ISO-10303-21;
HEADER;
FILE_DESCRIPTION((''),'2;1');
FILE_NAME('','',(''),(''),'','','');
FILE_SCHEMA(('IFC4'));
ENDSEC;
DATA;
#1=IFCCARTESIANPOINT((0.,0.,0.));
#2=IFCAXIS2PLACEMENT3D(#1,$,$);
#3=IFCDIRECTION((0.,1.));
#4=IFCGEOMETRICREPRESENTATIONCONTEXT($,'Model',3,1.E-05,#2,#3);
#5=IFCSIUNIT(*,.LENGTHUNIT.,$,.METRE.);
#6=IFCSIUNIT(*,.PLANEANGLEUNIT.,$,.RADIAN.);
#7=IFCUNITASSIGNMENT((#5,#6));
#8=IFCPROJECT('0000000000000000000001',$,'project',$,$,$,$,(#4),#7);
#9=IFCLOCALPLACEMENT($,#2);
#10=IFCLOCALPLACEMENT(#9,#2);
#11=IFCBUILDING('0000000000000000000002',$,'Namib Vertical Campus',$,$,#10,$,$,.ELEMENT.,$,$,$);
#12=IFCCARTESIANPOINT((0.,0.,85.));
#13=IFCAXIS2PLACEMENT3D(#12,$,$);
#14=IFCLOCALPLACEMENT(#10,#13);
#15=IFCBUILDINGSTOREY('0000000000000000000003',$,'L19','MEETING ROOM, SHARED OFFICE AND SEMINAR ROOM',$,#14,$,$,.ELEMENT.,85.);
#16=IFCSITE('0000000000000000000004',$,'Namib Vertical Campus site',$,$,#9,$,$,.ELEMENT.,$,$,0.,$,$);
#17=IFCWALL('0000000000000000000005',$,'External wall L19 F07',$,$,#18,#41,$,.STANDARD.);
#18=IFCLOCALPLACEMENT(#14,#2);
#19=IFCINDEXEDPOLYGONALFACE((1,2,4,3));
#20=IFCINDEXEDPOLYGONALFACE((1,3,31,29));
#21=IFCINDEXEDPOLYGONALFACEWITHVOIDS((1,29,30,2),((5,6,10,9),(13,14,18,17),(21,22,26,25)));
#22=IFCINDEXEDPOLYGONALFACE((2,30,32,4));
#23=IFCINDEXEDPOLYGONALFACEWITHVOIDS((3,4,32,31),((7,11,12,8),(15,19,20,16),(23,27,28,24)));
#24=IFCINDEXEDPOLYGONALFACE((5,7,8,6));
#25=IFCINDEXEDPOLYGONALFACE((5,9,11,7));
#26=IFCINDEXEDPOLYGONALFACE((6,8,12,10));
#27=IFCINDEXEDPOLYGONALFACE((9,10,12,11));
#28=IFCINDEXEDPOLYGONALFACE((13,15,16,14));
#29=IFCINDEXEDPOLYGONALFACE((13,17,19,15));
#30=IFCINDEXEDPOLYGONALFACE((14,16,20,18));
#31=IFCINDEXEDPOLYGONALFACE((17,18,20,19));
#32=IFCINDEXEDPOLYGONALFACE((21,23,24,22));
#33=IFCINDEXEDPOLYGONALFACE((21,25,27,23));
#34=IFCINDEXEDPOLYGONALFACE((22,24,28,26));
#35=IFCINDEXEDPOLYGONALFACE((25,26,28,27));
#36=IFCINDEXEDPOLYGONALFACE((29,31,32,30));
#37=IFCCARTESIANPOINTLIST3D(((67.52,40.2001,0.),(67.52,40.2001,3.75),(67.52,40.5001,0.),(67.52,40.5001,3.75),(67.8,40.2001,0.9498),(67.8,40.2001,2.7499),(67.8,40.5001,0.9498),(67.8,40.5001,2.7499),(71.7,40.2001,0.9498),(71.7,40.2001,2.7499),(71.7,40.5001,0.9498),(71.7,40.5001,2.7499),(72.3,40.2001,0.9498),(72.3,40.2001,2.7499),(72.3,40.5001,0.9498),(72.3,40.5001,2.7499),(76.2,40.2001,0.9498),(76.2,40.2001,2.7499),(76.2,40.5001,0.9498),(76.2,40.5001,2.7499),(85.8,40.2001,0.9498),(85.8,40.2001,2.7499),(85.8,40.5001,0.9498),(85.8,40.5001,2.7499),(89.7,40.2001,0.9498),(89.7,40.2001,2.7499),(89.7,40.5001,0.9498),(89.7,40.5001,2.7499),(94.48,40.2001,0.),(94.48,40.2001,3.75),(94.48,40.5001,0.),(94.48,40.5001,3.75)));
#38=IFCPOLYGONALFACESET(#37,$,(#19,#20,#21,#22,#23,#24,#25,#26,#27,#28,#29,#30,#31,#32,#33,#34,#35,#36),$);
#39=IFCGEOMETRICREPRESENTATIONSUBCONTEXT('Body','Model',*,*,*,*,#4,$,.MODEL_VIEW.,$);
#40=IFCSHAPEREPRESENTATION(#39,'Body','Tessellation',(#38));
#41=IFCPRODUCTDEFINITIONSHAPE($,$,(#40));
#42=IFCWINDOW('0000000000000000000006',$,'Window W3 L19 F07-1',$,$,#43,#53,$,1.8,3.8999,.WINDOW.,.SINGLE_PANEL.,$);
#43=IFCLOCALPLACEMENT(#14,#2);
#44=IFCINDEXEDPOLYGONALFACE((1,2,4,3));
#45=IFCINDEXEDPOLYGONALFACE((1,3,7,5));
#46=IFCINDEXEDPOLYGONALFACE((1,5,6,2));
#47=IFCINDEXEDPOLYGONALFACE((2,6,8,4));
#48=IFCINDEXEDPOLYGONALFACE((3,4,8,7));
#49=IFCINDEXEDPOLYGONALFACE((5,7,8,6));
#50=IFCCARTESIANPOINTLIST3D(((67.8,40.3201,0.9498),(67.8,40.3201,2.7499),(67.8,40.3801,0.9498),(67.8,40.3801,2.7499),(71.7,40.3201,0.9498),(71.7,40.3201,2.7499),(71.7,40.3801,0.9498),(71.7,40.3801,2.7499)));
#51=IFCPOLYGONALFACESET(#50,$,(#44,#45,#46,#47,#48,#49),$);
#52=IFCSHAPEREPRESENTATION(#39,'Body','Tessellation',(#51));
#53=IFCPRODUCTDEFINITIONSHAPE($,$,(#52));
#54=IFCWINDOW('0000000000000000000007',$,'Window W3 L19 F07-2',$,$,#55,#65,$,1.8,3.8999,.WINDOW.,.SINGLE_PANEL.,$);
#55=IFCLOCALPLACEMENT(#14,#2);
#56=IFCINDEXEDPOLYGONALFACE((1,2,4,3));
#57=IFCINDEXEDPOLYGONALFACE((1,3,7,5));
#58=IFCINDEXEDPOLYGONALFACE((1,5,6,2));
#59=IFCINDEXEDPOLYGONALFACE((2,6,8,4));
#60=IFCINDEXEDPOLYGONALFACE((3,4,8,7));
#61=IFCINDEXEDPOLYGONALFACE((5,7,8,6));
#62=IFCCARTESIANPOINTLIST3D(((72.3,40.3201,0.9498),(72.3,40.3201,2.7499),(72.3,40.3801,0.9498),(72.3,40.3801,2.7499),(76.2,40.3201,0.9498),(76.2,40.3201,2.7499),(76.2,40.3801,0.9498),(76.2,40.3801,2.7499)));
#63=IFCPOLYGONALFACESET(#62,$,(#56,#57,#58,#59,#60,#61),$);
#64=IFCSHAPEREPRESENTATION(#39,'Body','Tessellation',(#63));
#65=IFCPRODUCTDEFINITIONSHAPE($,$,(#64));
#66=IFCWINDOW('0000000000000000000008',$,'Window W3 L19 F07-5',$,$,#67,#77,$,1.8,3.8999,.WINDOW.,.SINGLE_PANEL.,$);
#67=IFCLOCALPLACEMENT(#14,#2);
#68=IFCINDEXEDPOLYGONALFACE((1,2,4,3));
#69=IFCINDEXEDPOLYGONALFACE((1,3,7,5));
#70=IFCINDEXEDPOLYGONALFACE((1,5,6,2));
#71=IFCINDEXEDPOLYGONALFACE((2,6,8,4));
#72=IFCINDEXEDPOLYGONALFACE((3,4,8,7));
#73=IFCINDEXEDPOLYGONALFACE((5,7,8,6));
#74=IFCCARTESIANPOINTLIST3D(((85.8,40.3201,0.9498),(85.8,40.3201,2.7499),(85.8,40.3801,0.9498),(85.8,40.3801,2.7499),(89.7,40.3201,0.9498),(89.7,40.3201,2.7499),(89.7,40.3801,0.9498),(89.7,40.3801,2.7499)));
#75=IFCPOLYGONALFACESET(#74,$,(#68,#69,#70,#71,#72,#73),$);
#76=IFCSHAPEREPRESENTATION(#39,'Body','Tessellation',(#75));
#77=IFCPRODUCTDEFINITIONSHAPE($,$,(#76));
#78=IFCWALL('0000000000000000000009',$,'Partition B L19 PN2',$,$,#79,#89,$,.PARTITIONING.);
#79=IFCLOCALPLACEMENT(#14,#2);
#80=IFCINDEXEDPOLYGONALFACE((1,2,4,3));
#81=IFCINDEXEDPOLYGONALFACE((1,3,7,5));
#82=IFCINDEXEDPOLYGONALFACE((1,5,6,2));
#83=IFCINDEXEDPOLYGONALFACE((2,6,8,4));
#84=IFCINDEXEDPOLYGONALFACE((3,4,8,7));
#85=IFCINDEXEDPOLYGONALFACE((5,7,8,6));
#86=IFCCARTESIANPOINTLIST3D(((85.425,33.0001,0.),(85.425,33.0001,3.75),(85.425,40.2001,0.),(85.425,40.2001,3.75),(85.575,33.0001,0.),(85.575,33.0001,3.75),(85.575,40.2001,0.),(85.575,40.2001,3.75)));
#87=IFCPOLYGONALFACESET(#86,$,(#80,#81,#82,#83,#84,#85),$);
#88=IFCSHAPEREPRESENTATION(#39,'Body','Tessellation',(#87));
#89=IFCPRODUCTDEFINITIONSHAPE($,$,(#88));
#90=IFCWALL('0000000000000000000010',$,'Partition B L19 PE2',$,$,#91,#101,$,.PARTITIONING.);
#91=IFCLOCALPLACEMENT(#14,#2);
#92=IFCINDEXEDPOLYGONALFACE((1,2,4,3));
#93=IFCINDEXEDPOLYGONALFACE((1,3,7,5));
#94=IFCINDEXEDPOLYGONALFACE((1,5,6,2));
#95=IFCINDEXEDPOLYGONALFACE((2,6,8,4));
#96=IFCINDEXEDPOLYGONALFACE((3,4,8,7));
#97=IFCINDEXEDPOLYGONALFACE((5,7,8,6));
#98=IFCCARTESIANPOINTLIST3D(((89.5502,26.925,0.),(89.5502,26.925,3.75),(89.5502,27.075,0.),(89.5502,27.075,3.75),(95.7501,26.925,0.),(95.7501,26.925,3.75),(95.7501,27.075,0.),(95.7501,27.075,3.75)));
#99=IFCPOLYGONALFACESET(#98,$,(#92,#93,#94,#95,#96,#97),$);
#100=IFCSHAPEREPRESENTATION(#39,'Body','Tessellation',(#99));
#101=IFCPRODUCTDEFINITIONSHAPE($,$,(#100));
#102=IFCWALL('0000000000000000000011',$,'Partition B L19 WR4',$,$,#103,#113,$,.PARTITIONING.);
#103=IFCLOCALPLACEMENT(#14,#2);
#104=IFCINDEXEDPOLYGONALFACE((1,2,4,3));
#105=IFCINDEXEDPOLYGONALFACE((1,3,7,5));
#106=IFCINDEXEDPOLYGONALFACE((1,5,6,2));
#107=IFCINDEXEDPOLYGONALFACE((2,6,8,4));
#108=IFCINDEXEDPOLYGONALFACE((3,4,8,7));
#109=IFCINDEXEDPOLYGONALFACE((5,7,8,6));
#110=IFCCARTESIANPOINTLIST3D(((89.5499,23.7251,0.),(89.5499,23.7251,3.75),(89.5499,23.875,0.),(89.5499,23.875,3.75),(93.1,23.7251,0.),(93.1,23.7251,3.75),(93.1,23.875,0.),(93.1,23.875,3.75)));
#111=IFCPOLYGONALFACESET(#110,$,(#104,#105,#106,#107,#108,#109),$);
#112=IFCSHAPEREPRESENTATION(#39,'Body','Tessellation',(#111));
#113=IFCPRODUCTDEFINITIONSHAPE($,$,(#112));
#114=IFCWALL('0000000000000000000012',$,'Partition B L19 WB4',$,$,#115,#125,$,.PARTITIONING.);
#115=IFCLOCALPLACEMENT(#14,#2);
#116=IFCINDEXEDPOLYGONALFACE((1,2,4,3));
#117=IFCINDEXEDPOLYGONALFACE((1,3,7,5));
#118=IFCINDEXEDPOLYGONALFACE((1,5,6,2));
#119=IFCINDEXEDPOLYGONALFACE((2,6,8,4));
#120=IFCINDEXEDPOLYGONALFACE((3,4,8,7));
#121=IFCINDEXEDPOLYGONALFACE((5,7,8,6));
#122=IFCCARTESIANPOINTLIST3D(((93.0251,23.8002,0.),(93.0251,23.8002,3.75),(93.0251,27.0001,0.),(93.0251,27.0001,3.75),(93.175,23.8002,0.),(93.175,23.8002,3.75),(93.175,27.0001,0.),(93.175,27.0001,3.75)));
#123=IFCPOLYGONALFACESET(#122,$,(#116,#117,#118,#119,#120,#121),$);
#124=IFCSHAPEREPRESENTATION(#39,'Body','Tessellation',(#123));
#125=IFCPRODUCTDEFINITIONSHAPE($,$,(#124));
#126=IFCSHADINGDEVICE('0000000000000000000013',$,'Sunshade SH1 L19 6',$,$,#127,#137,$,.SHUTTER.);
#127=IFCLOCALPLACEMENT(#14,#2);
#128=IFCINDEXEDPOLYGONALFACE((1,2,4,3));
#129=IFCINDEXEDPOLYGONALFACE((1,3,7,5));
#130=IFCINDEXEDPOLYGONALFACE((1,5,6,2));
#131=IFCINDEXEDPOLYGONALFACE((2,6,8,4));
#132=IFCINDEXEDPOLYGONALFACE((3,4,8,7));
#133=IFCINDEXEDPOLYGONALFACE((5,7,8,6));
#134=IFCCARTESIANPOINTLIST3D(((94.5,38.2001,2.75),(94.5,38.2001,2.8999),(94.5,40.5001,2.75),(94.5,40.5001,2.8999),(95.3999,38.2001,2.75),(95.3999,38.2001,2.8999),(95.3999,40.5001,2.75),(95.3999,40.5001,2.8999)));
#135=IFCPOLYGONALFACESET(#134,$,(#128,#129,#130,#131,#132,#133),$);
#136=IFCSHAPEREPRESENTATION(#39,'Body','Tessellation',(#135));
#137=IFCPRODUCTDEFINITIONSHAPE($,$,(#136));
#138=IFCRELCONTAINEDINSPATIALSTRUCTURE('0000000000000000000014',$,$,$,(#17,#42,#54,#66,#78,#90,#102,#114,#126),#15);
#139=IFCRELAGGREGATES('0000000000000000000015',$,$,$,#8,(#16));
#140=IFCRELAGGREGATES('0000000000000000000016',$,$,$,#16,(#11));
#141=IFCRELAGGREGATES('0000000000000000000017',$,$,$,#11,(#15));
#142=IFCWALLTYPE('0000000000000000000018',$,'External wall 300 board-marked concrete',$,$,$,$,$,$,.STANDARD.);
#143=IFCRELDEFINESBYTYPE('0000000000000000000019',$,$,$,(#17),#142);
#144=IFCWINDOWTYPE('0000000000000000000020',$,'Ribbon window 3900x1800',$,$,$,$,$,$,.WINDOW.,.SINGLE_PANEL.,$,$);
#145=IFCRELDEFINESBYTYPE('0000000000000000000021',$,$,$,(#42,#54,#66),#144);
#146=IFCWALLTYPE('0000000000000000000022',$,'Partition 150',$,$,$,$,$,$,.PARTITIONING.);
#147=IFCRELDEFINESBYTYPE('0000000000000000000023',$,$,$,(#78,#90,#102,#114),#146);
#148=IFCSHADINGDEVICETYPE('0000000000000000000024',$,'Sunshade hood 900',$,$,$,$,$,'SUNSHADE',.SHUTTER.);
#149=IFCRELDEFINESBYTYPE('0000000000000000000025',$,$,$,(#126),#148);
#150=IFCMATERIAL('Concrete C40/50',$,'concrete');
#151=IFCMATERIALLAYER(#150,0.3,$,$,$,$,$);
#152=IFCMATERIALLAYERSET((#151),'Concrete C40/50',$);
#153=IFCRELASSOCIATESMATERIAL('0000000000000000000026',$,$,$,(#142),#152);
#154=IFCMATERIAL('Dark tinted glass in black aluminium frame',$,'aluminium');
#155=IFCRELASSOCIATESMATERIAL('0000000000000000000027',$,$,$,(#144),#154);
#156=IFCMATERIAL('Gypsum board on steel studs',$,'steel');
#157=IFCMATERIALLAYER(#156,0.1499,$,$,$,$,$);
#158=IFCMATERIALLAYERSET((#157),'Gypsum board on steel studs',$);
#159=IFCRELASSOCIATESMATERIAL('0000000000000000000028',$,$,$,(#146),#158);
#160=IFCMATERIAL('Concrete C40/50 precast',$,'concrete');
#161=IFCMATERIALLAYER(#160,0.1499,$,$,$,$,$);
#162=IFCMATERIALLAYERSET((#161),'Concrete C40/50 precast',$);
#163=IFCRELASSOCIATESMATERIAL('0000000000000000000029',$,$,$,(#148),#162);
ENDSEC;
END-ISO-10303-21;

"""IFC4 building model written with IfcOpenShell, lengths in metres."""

from ifc_helpers import new_model, si_unit, direction, frame, frame_2d, origin, origin_2d, place, context, subcontext, project, spatial, rectangle, extrude, material, layer, layer_set, type_object, element, fill, save


model = new_model("IFC4")

# Units and contexts
model_context = context("Model", 3, precision=1e-05, world=origin(), true_north=direction((0.0, 1.0)))
body_context = subcontext(model_context, "Body", "Model", "MODEL_VIEW")
ifc_project = project(units=[si_unit("LENGTHUNIT", "METRE"), si_unit("PLANEANGLEUNIT", "RADIAN")], contexts=[model_context])

# Site, building, storey
site_placement = place(None, origin())
site = spatial("IfcSite", under=ifc_project, at=site_placement, Name="Namib Vertical Campus site", CompositionType="ELEMENT", RefElevation=0.0)
building_placement = place(site_placement, origin())
building = spatial("IfcBuilding", under=site, at=building_placement, Name="Namib Vertical Campus", CompositionType="ELEMENT")
storey_placement = place(building_placement, frame((0.0, 0.0, 85.0)))
storey = spatial("IfcBuildingStorey", under=building, at=storey_placement, Name="L19", Description="MEETING ROOM, SHARED OFFICE AND SEMINAR ROOM", CompositionType="ELEMENT", Elevation=85.0)

# Shared definitions
ifc_material_1 = material(Name="Concrete C40/50", Category="concrete")
ifc_layer_1 = layer(ifc_material_1, 0.3)
ifc_layer_set_1 = layer_set([ifc_layer_1], Name="Concrete C40/50")
wall_type_1 = type_object("IfcWallType", Name="External wall 300 board-marked concrete", PredefinedType="STANDARD", material=ifc_layer_set_1)

# Wall, openings, windows
wall_1_placement = place(storey_placement, frame((94.48, 40.3501, 0.0), z_axis=(0.0, 0.0, 1.0), x_axis=(-1.0, 0.0, 0.0)))
wall_1 = element("IfcWall", 1, at=wall_1_placement, inside=storey, type_object=wall_type_1, Name="External wall L19 F07", PredefinedType="STANDARD", context=body_context, shape_type="SweptSolid", body=[
    extrude(rectangle(XDim=26.96, YDim=0.3, at=frame_2d((13.48, 0.0))), origin(), (0.0, 0.0, 1.0), 3.75),
])
opening_1_placement = place(wall_1_placement, frame((22.78, 0.0, 0.95)))
opening_1 = element("IfcOpeningElement", 2, at=opening_1_placement, cuts=wall_1, PredefinedType="OPENING", context=body_context, shape_type="SweptSolid", body=[
    extrude(rectangle(XDim=3.8999, YDim=1.8, at=frame_2d((1.95, 0.8999))), frame((0.0, 0.1599, 0.0), z_axis=(0.0, -1.0, 0.0), x_axis=(1.0, 0.0, 0.0)), (0.0, 0.0, 1.0), 0.3201),
])
opening_2_placement = place(wall_1_placement, frame((18.28, 0.0, 0.95)))
opening_2 = element("IfcOpeningElement", 3, at=opening_2_placement, cuts=wall_1, PredefinedType="OPENING", context=body_context, shape_type="SweptSolid", body=[
    extrude(rectangle(XDim=3.8999, YDim=1.8, at=frame_2d((1.95, 0.8999))), frame((0.0, 0.1599, 0.0), z_axis=(0.0, -1.0, 0.0), x_axis=(1.0, 0.0, 0.0)), (0.0, 0.0, 1.0), 0.3201),
])
opening_3_placement = place(wall_1_placement, frame((4.78, 0.0, 0.95)))
opening_3 = element("IfcOpeningElement", 4, at=opening_3_placement, cuts=wall_1, PredefinedType="OPENING", context=body_context, shape_type="SweptSolid", body=[
    extrude(rectangle(XDim=3.8999, YDim=1.8, at=frame_2d((1.95, 0.8999))), frame((0.0, 0.1599, 0.0), z_axis=(0.0, -1.0, 0.0), x_axis=(1.0, 0.0, 0.0)), (0.0, 0.0, 1.0), 0.3201),
])
ifc_material_2 = material(Name="Dark tinted glass in black aluminium frame", Category="aluminium")
window_type = type_object("IfcWindowType", Name="Ribbon window 3900x1800", PartitioningType="SINGLE_PANEL", PredefinedType="WINDOW", material=ifc_material_2)
window_1_placement = place(opening_1_placement, origin())
window_1 = element("IfcWindow", 5, at=window_1_placement, inside=storey, type_object=window_type, Name="Window W3 L19 F07-1", OverallHeight=1.8, OverallWidth=3.8999, PartitioningType="SINGLE_PANEL", PredefinedType="WINDOW", context=body_context, shape_type="SweptSolid", body=[
    extrude(rectangle(XDim=3.8999, YDim=1.8, at=frame_2d((1.95, 0.8999))), frame((0.0, 0.03, 0.0), z_axis=(0.0, -1.0, 0.0), x_axis=(1.0, 0.0, 0.0)), (0.0, 0.0, 1.0), 0.0601),
])
fill(opening_1, window_1)
window_2_placement = place(opening_2_placement, origin())
window_2 = element("IfcWindow", 6, at=window_2_placement, inside=storey, type_object=window_type, Name="Window W3 L19 F07-2", OverallHeight=1.8, OverallWidth=3.8999, PartitioningType="SINGLE_PANEL", PredefinedType="WINDOW", context=body_context, shape_type="SweptSolid", body=[
    extrude(rectangle(XDim=3.8999, YDim=1.8, at=frame_2d((1.95, 0.8999))), frame((0.0, 0.03, 0.0), z_axis=(0.0, -1.0, 0.0), x_axis=(1.0, 0.0, 0.0)), (0.0, 0.0, 1.0), 0.0601),
])
fill(opening_2, window_2)
window_3_placement = place(opening_3_placement, origin())
window_3 = element("IfcWindow", 7, at=window_3_placement, inside=storey, type_object=window_type, Name="Window W3 L19 F07-5", OverallHeight=1.8, OverallWidth=3.8999, PartitioningType="SINGLE_PANEL", PredefinedType="WINDOW", context=body_context, shape_type="SweptSolid", body=[
    extrude(rectangle(XDim=3.8999, YDim=1.8, at=frame_2d((1.95, 0.8999))), frame((0.0, 0.03, 0.0), z_axis=(0.0, -1.0, 0.0), x_axis=(1.0, 0.0, 0.0)), (0.0, 0.0, 1.0), 0.0601),
])
fill(opening_3, window_3)

# Walls
ifc_material_3 = material(Name="Gypsum board on steel studs", Category="steel")
ifc_layer_2 = layer(ifc_material_3, 0.1499)
ifc_layer_set_2 = layer_set([ifc_layer_2], Name="Gypsum board on steel studs")
wall_type_2 = type_object("IfcWallType", Name="Partition 150", PredefinedType="PARTITIONING", material=ifc_layer_set_2)
wall_2_placement = place(storey_placement, frame((85.5, 33.0, 0.0), z_axis=(0.0, 0.0, 1.0), x_axis=(0.0, 1.0, 0.0)))
element("IfcWall", 8, at=wall_2_placement, inside=storey, type_object=wall_type_2, Name="Partition B L19 PN2", PredefinedType="PARTITIONING", context=body_context, shape_type="SweptSolid", body=[
    extrude(rectangle(XDim=7.2, YDim=0.1499, at=frame_2d((3.6001, 0.0))), origin(), (0.0, 0.0, 1.0), 3.75),
])
wall_3_placement = place(storey_placement, frame((89.55, 27.0, 0.0), z_axis=(0.0, 0.0, 1.0), x_axis=(1.0, 0.0, 0.0)))
element("IfcWall", 9, at=wall_3_placement, inside=storey, type_object=wall_type_2, Name="Partition B L19 PE2", PredefinedType="PARTITIONING", context=body_context, shape_type="SweptSolid", body=[
    extrude(rectangle(XDim=6.2, YDim=0.1499, at=frame_2d((3.1001, 0.0))), origin(), (0.0, 0.0, 1.0), 3.75),
])
wall_4_placement = place(storey_placement, frame((89.55, 23.8, 0.0), z_axis=(0.0, 0.0, 1.0), x_axis=(1.0, 0.0, 0.0)))
element("IfcWall", 10, at=wall_4_placement, inside=storey, type_object=wall_type_2, Name="Partition B L19 WR4", PredefinedType="PARTITIONING", context=body_context, shape_type="SweptSolid", body=[
    extrude(rectangle(XDim=3.55, YDim=0.1499, at=frame_2d((1.7749, 0.0))), origin(), (0.0, 0.0, 1.0), 3.75),
])
wall_5_placement = place(storey_placement, frame((93.1001, 23.8, 0.0), z_axis=(0.0, 0.0, 1.0), x_axis=(0.0, 1.0, 0.0)))
element("IfcWall", 11, at=wall_5_placement, inside=storey, type_object=wall_type_2, Name="Partition B L19 WB4", PredefinedType="PARTITIONING", context=body_context, shape_type="SweptSolid", body=[
    extrude(rectangle(XDim=3.2, YDim=0.1499, at=frame_2d((1.6001, 0.0))), origin(), (0.0, 0.0, 1.0), 3.75),
])

# Shading device
ifc_material_4 = material(Name="Concrete C40/50 precast", Category="concrete")
ifc_layer_3 = layer(ifc_material_4, 0.1499)
ifc_layer_set_3 = layer_set([ifc_layer_3], Name="Concrete C40/50 precast")
shading_device_type = type_object("IfcShadingDeviceType", Name="Sunshade hood 900", ElementType="SUNSHADE", PredefinedType="SHUTTER", material=ifc_layer_set_3)
shading_device_placement = place(storey_placement, frame((94.95, 39.3501, 2.75), z_axis=(0.0, 0.0, 1.0), x_axis=(0.0, 1.0, 0.0)))
element("IfcShadingDevice", 12, at=shading_device_placement, inside=storey, type_object=shading_device_type, Name="Sunshade SH1 L19 6", PredefinedType="SHUTTER", context=body_context, shape_type="SweptSolid", body=[
    extrude(rectangle(XDim=2.3, YDim=0.8999, at=origin_2d()), origin(), (0.0, 0.0, 1.0), 0.1499),
])

save(model, "model.ifc")
